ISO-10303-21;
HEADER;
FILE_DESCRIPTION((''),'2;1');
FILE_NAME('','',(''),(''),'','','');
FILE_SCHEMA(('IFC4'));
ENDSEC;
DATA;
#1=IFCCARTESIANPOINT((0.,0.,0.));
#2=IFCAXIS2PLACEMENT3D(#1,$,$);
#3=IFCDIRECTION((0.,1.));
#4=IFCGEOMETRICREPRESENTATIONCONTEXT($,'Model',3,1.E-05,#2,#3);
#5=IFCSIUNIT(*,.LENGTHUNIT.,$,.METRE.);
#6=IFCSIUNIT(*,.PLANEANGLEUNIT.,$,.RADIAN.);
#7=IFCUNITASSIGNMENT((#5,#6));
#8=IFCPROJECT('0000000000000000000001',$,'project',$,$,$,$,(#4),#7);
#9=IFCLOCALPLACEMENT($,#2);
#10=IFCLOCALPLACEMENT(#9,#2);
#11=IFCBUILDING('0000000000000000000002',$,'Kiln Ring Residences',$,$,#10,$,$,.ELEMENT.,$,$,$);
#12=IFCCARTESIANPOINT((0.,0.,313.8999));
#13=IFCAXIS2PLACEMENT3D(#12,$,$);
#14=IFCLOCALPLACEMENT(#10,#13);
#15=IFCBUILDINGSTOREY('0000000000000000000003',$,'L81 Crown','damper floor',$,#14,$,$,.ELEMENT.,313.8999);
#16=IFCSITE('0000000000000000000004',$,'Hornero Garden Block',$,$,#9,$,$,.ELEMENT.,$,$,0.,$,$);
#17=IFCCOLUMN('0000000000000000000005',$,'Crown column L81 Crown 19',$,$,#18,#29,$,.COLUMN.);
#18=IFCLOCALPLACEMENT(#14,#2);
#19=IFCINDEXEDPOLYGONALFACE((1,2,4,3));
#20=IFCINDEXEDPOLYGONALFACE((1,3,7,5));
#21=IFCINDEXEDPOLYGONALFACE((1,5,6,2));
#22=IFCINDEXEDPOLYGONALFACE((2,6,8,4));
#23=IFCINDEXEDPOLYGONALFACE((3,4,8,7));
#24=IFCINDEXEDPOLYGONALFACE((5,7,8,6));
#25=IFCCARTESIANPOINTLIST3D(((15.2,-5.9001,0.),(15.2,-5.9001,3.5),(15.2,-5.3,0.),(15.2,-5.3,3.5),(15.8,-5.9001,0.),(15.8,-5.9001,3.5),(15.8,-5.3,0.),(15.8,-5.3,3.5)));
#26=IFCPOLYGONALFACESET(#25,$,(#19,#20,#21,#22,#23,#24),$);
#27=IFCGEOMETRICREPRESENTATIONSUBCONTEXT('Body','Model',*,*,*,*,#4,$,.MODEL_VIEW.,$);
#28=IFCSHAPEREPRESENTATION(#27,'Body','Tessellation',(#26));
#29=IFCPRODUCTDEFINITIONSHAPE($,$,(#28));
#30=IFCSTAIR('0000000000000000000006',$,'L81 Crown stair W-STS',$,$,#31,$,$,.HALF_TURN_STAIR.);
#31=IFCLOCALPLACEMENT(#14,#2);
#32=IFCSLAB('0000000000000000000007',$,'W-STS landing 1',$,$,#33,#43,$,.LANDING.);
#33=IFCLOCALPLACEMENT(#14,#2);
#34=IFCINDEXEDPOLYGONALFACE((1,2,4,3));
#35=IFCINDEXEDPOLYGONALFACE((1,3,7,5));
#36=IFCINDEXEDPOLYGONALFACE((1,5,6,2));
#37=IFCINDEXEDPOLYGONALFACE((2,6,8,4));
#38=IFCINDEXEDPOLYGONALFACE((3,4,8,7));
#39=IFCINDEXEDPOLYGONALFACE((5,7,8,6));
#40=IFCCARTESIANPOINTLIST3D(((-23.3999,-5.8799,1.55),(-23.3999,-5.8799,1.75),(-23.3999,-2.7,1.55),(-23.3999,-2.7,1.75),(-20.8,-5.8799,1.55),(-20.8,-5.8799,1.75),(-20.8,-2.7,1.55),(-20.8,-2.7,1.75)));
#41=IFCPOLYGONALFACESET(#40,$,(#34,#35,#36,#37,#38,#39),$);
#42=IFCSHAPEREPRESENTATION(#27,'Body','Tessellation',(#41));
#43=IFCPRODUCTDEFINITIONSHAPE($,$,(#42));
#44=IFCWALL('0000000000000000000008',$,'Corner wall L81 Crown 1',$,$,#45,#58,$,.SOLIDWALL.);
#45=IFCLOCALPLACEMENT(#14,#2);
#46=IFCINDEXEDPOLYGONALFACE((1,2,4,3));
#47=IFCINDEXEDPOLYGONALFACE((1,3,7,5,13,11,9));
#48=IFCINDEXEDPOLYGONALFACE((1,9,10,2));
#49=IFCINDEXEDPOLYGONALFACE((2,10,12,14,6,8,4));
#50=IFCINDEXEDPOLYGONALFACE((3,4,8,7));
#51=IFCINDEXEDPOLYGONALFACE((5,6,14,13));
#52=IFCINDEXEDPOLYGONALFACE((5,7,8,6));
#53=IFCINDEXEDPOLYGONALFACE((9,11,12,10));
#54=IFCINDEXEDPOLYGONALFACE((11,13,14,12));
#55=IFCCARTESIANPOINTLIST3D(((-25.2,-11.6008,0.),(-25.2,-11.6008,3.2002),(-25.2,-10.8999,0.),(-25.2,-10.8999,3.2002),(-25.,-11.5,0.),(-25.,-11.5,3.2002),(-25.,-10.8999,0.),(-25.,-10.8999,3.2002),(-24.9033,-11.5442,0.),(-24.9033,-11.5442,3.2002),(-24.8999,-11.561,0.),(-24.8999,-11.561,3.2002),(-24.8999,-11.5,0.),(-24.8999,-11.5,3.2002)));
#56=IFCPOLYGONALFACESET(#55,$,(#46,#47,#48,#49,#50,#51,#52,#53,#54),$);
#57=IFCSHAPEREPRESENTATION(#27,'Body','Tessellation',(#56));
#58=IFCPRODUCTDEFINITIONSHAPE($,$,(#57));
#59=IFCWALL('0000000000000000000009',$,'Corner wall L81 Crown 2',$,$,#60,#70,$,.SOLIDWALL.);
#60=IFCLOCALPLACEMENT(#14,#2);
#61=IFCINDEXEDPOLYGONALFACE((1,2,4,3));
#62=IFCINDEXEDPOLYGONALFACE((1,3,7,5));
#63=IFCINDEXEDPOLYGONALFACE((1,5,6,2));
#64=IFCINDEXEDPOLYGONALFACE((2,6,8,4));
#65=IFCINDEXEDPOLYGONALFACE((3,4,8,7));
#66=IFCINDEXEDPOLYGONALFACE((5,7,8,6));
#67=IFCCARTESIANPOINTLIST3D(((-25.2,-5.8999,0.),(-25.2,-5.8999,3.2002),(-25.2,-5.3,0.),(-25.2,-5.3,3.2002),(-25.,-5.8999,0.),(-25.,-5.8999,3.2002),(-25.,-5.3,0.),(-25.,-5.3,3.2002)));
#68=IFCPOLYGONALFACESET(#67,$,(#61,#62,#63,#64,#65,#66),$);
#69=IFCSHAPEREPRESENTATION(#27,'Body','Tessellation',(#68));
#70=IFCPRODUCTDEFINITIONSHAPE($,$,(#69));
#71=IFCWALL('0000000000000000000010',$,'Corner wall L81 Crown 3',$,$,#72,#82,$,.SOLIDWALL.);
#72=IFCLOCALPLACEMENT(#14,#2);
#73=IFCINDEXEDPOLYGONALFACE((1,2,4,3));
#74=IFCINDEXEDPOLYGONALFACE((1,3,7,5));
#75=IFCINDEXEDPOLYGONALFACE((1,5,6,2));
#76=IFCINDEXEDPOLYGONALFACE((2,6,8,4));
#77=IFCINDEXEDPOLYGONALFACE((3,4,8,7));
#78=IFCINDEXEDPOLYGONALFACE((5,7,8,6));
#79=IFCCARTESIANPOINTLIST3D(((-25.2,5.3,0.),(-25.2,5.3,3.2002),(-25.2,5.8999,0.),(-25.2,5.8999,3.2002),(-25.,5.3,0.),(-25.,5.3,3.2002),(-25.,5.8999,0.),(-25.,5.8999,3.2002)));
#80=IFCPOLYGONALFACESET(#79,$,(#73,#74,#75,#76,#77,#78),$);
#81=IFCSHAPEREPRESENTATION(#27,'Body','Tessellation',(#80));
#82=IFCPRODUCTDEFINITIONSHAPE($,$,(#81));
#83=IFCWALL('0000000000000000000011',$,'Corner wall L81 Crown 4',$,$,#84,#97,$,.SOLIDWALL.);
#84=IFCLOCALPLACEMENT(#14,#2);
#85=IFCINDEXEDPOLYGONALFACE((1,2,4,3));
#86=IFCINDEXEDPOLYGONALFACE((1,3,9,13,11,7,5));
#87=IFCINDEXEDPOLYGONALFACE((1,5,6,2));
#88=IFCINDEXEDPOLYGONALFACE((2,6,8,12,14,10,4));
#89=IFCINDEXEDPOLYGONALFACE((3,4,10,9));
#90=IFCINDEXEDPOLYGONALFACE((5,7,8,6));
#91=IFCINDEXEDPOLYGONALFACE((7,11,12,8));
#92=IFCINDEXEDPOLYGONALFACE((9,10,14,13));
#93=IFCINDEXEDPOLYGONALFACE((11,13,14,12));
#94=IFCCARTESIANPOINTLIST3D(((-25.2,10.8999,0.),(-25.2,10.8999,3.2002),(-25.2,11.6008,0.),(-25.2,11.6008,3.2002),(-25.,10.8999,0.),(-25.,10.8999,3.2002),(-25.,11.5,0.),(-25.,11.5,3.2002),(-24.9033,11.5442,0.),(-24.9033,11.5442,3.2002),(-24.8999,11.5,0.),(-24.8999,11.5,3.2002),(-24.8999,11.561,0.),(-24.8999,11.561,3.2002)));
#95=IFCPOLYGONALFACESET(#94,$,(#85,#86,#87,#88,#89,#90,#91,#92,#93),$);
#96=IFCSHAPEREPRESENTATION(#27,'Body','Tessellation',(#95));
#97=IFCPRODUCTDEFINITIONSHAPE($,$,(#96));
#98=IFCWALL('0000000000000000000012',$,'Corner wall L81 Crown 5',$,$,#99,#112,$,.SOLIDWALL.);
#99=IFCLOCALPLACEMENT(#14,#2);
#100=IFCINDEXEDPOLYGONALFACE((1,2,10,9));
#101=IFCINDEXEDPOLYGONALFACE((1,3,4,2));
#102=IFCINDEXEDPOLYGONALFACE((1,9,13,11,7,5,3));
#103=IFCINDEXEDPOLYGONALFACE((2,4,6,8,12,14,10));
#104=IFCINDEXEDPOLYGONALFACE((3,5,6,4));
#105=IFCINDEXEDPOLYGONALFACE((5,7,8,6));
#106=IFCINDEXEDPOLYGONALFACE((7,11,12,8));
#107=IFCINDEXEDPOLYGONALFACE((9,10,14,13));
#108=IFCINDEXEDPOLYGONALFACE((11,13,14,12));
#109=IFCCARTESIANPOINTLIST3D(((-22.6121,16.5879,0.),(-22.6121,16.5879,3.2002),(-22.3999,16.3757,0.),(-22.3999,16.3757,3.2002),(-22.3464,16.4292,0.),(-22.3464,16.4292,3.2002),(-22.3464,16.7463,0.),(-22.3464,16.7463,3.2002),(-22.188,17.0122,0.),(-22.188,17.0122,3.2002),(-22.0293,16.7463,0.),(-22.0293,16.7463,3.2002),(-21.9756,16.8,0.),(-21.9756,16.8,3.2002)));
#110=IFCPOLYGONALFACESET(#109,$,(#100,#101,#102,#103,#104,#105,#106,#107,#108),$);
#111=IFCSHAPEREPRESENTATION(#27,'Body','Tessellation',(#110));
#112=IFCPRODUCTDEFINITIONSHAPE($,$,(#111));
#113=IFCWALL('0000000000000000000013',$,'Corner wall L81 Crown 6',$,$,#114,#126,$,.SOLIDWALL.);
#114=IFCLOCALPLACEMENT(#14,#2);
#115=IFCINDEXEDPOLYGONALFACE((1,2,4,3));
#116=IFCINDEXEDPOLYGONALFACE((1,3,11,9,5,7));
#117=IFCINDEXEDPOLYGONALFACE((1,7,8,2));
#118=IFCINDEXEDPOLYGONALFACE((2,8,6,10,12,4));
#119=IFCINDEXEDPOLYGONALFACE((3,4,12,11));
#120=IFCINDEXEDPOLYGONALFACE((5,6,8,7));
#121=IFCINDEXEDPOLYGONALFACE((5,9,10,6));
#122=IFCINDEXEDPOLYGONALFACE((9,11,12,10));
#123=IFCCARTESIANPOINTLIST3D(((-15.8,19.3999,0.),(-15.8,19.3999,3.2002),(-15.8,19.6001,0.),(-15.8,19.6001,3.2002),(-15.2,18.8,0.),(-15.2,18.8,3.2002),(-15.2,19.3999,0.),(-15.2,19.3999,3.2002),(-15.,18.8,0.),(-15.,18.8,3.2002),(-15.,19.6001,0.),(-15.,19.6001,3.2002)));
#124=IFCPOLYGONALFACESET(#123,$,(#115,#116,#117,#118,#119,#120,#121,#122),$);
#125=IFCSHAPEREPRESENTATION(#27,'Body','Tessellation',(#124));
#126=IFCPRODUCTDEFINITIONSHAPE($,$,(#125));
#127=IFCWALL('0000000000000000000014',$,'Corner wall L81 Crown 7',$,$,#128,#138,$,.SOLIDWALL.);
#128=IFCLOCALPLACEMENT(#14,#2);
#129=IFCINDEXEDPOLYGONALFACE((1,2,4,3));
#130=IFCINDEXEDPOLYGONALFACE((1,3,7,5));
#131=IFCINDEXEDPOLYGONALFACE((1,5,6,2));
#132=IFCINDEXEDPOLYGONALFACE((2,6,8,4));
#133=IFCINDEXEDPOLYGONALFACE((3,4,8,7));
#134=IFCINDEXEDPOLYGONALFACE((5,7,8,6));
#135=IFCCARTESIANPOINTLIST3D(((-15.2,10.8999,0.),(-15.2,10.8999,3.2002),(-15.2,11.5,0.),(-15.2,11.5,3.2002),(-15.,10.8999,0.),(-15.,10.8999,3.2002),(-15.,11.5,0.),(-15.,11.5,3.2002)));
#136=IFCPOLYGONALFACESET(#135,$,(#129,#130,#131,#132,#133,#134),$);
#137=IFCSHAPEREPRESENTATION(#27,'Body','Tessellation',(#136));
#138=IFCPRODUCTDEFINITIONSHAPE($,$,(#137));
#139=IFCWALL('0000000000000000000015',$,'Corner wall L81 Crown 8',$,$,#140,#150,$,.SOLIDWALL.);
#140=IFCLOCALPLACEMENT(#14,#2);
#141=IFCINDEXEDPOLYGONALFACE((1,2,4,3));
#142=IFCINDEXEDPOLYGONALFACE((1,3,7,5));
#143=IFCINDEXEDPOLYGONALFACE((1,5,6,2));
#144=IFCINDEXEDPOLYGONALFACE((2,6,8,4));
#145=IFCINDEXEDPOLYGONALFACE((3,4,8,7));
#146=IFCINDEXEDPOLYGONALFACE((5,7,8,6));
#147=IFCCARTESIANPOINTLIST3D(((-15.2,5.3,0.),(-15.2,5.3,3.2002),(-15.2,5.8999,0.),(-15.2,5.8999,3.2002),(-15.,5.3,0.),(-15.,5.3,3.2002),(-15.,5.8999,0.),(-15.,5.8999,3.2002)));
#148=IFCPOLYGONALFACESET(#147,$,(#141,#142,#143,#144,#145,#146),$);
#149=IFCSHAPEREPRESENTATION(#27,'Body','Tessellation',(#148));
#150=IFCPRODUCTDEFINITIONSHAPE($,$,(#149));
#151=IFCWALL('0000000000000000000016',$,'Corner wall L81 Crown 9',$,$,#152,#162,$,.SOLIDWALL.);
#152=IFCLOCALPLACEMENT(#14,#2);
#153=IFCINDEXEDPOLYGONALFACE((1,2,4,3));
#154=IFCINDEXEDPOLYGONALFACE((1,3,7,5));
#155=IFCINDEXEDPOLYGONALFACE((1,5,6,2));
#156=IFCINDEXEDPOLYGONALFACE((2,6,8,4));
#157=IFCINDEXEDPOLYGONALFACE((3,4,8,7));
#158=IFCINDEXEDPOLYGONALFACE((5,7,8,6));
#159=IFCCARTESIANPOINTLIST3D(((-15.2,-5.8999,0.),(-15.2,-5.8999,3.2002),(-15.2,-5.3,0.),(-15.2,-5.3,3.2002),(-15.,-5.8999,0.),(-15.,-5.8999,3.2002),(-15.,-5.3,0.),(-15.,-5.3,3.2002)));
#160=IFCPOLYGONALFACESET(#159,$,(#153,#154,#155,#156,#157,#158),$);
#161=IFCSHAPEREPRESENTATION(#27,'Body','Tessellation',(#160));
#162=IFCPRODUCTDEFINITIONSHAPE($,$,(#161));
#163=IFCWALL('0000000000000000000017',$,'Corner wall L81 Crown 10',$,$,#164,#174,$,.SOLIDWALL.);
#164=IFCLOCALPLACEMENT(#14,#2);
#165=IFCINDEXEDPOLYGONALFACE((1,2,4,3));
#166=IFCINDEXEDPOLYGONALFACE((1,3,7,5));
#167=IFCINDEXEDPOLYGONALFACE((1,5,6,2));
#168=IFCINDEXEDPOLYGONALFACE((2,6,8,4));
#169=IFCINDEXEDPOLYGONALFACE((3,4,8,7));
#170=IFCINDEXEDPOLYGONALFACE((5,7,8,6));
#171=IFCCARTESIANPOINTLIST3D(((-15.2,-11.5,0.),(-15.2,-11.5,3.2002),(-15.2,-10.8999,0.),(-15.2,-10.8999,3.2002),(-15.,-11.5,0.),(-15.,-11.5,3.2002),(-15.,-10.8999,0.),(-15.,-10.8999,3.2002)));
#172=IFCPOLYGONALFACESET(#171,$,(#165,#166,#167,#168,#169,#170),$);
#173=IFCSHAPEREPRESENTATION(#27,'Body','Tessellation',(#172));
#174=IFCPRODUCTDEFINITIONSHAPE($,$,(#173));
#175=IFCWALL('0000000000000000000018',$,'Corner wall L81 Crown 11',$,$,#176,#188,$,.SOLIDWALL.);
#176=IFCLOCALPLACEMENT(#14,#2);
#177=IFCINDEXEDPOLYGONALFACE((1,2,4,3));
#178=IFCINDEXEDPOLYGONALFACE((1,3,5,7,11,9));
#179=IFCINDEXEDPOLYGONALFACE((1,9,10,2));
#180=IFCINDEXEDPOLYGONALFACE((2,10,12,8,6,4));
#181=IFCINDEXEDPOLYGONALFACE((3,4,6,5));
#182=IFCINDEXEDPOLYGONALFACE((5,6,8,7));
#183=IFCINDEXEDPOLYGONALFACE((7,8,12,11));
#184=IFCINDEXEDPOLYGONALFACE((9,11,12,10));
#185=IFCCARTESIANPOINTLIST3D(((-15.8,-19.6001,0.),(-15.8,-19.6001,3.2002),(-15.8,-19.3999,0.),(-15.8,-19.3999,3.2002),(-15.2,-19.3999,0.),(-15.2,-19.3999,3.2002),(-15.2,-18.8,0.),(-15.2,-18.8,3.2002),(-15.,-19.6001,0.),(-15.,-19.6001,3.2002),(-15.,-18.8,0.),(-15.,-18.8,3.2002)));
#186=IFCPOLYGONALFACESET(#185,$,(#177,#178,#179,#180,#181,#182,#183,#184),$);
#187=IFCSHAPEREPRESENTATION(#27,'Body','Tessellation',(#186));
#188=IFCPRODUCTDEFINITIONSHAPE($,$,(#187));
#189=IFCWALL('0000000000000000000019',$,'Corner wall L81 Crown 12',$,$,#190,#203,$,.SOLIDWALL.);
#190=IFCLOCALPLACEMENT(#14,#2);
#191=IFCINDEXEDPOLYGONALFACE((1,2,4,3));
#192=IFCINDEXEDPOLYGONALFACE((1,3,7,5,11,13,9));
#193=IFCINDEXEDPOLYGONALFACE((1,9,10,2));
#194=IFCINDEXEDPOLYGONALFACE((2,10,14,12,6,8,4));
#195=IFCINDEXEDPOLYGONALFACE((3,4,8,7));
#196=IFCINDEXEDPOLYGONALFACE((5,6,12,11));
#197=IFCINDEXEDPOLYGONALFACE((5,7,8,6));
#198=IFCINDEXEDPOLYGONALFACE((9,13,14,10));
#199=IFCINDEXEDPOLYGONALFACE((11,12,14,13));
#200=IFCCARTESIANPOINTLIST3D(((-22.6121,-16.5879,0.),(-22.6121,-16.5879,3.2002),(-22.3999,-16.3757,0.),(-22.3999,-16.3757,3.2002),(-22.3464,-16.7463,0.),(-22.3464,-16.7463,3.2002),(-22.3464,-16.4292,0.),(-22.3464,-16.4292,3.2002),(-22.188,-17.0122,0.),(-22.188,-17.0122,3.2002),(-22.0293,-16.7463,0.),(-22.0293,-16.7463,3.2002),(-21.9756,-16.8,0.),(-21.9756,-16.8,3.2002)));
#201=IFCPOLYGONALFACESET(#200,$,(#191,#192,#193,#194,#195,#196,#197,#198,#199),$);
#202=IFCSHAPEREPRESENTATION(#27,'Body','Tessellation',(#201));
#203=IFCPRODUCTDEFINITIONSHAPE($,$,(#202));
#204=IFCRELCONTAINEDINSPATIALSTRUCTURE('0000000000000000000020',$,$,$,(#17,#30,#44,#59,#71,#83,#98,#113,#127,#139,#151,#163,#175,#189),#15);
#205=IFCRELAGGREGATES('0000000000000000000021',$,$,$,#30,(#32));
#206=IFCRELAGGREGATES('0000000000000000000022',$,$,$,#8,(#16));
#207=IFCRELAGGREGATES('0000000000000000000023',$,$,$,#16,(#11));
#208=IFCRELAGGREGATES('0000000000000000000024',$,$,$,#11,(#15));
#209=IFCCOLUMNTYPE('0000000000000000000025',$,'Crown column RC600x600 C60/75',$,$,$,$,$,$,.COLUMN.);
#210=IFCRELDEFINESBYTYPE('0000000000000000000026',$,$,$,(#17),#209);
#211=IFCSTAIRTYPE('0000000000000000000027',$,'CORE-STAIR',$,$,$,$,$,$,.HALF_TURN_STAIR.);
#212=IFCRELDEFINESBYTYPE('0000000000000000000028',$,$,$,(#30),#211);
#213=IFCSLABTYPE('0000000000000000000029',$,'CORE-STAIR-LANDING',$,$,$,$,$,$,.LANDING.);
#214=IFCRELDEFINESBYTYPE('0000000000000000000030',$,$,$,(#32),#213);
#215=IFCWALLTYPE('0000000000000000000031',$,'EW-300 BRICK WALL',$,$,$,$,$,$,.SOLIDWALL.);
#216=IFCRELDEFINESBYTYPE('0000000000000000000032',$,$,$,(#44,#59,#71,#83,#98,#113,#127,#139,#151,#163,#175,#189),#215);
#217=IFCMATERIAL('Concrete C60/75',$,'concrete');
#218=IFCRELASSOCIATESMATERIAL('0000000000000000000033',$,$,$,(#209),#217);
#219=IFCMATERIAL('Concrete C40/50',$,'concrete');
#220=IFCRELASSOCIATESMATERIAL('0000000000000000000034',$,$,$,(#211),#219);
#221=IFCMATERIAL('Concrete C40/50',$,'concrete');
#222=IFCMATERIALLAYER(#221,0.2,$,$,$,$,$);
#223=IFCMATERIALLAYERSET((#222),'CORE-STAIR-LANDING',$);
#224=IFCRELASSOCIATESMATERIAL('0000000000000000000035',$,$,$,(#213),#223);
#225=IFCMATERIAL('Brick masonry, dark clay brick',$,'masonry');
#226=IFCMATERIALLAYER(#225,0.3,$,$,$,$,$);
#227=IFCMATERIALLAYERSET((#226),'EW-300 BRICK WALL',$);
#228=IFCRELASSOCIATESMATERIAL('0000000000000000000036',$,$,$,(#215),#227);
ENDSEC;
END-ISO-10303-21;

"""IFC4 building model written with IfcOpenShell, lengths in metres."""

from ifc_helpers import new_model, si_unit, direction, frame, origin, origin_2d, place, context, subcontext, project, spatial, polyline, rectangle, outline, extrude, material, layer, layer_set, material_profile, profile_set, type_object, element, aggregate, save


model = new_model("IFC4")

# Units and contexts
model_context = context("Model", 3, precision=1e-05, world=origin(), true_north=direction((0.0, 1.0)))
body_context = subcontext(model_context, "Body", "Model", "MODEL_VIEW")
ifc_project = project(units=[si_unit("LENGTHUNIT", "METRE"), si_unit("PLANEANGLEUNIT", "RADIAN")], contexts=[model_context])

# Site, building, storey
site_placement = place(None, origin())
site = spatial("IfcSite", under=ifc_project, at=site_placement, Name="Hornero Garden Block", CompositionType="ELEMENT", RefElevation=0.0)
building_placement = place(site_placement, origin())
building = spatial("IfcBuilding", under=site, at=building_placement, Name="Kiln Ring Residences", CompositionType="ELEMENT")
storey_placement = place(building_placement, frame((0.0, 0.0, 313.8999)))
storey = spatial("IfcBuildingStorey", under=building, at=storey_placement, Name="L81 Crown", Description="damper floor", CompositionType="ELEMENT", Elevation=313.8999)

# Column
ifc_material_1 = material(Name="Concrete C60/75", Category="concrete")
ifc_material_profile = material_profile(ifc_material_1, rectangle(XDim=0.6001, YDim=0.6001, at=origin_2d()), Name="RC600x600")
ifc_profile_set = profile_set([ifc_material_profile], Name="Concrete C60/75")
column_type = type_object("IfcColumnType", Name="Crown column RC600x600 C60/75", PredefinedType="COLUMN", material=ifc_profile_set)
column_placement = place(storey_placement, frame((15.5, -5.6001, 0.0), z_axis=(0.0, 0.0, 1.0), x_axis=(1.0, 0.0, 0.0)))
element("IfcColumn", 1, at=column_placement, inside=storey, type_object=column_type, Name="Crown column L81 Crown 19", PredefinedType="COLUMN", context=body_context, shape_type="SweptSolid", body=[
    extrude(rectangle(XDim=0.6001, YDim=0.6001, at=origin_2d()), origin(), (0.0, 0.0, 1.0), 3.5),
])

# Stair, slab
ifc_material_2 = material(Name="Concrete C40/50", Category="concrete")
stair_type = type_object("IfcStairType", Name="CORE-STAIR", PredefinedType="HALF_TURN_STAIR", material=ifc_material_2)
placement = place(storey_placement, origin())
stair = element("IfcStair", 2, at=placement, inside=storey, type_object=stair_type, Name="L81 Crown stair W-STS", PredefinedType="HALF_TURN_STAIR")
ifc_material_3 = material(Name="Concrete C40/50", Category="concrete")
ifc_layer_1 = layer(ifc_material_3, 0.2)
ifc_layer_set_1 = layer_set([ifc_layer_1], Name="CORE-STAIR-LANDING")
slab_type = type_object("IfcSlabType", Name="CORE-STAIR-LANDING", PredefinedType="LANDING", material=ifc_layer_set_1)
slab_placement = place(storey_placement, frame((0.0, 0.0, 1.55)))
slab = element("IfcSlab", 3, at=slab_placement, type_object=slab_type, Name="W-STS landing 1", PredefinedType="LANDING", context=body_context, shape_type="SweptSolid", body=[
    extrude(outline(polyline([(-20.8, -5.8799), (-20.8, -2.7), (-23.3999, -2.7), (-23.3999, -5.8799), (-20.8, -5.8799)])), origin(), (0.0, 0.0, 1.0), 0.2),
])
aggregate(stair, [slab])

# Walls
ifc_material_4 = material(Name="Brick masonry, dark clay brick", Category="masonry")
ifc_layer_2 = layer(ifc_material_4, 0.3)
ifc_layer_set_2 = layer_set([ifc_layer_2], Name="EW-300 BRICK WALL")
wall_type = type_object("IfcWallType", Name="EW-300 BRICK WALL", PredefinedType="SOLIDWALL", material=ifc_layer_set_2)
element("IfcWall", 4, at=placement, inside=storey, type_object=wall_type, Name="Corner wall L81 Crown 1", PredefinedType="SOLIDWALL", context=body_context, shape_type="SweptSolid", body=[
    extrude(outline(polyline([(-25.2, -10.8999), (-25.2, -11.6008), (-24.9033, -11.5442), (-24.8999, -11.561), (-24.8999, -11.5), (-25.0, -11.5), (-25.0, -10.8999), (-25.2, -10.8999)])), origin(), (0.0, 0.0, 1.0), 3.2002),
])
element("IfcWall", 5, at=placement, inside=storey, type_object=wall_type, Name="Corner wall L81 Crown 2", PredefinedType="SOLIDWALL", context=body_context, shape_type="SweptSolid", body=[
    extrude(outline(polyline([(-25.0, -5.3), (-25.2, -5.3), (-25.2, -5.8999), (-24.8999, -5.8999), (-25.0, -5.8999), (-25.0, -5.3)])), origin(), (0.0, 0.0, 1.0), 3.2002),
])
element("IfcWall", 6, at=placement, inside=storey, type_object=wall_type, Name="Corner wall L81 Crown 3", PredefinedType="SOLIDWALL", context=body_context, shape_type="SweptSolid", body=[
    extrude(outline(polyline([(-25.0, 5.8999), (-25.2, 5.8999), (-25.2, 5.3), (-25.0, 5.3), (-25.0, 5.8999)])), origin(), (0.0, 0.0, 1.0), 3.2002),
])
element("IfcWall", 7, at=placement, inside=storey, type_object=wall_type, Name="Corner wall L81 Crown 4", PredefinedType="SOLIDWALL", context=body_context, shape_type="SweptSolid", body=[
    extrude(outline(polyline([(-25.2, 11.6008), (-25.2, 10.8999), (-25.0, 10.8999), (-25.0, 11.5), (-24.8999, 11.5), (-24.8999, 11.561), (-24.9033, 11.5442), (-25.2, 11.6008)])), origin(), (0.0, 0.0, 1.0), 3.2002),
])
element("IfcWall", 8, at=placement, inside=storey, type_object=wall_type, Name="Corner wall L81 Crown 5", PredefinedType="SOLIDWALL", context=body_context, shape_type="SweptSolid", body=[
    extrude(outline(polyline([(-21.9756, 16.8), (-22.188, 17.0122), (-22.6121, 16.5879), (-22.3999, 16.3757), (-22.3464, 16.4292), (-22.3464, 16.7463), (-22.0293, 16.7463), (-21.9756, 16.8)])), origin(), (0.0, 0.0, 1.0), 3.2002),
])
element("IfcWall", 9, at=placement, inside=storey, type_object=wall_type, Name="Corner wall L81 Crown 6", PredefinedType="SOLIDWALL", context=body_context, shape_type="SweptSolid", body=[
    extrude(outline(polyline([(-15.0, 18.8), (-15.0, 19.6001), (-15.8, 19.6001), (-15.8, 19.3999), (-15.2, 19.3999), (-15.2, 18.8), (-15.0, 18.8)])), origin(), (0.0, 0.0, 1.0), 3.2002),
])
element("IfcWall", 10, at=placement, inside=storey, type_object=wall_type, Name="Corner wall L81 Crown 7", PredefinedType="SOLIDWALL", context=body_context, shape_type="SweptSolid", body=[
    extrude(outline(polyline([(-15.2, 10.8999), (-15.0, 10.8999), (-15.0, 11.5), (-15.2, 11.5), (-15.2, 10.8999)])), origin(), (0.0, 0.0, 1.0), 3.2002),
])
element("IfcWall", 11, at=placement, inside=storey, type_object=wall_type, Name="Corner wall L81 Crown 8", PredefinedType="SOLIDWALL", context=body_context, shape_type="SweptSolid", body=[
    extrude(outline(polyline([(-15.2, 5.3), (-15.0, 5.3), (-15.0, 5.8999), (-15.3, 5.8999), (-15.2, 5.8999), (-15.2, 5.3)])), origin(), (0.0, 0.0, 1.0), 3.2002),
])
element("IfcWall", 12, at=placement, inside=storey, type_object=wall_type, Name="Corner wall L81 Crown 9", PredefinedType="SOLIDWALL", context=body_context, shape_type="SweptSolid", body=[
    extrude(outline(polyline([(-15.3, -5.8999), (-15.0, -5.8999), (-15.0, -5.3), (-15.3, -5.3), (-15.2, -5.3), (-15.2, -5.8999), (-15.3, -5.8999)])), origin(), (0.0, 0.0, 1.0), 3.2002),
])
element("IfcWall", 13, at=placement, inside=storey, type_object=wall_type, Name="Corner wall L81 Crown 10", PredefinedType="SOLIDWALL", context=body_context, shape_type="SweptSolid", body=[
    extrude(outline(polyline([(-15.2, -11.5), (-15.0, -11.5), (-15.0, -10.8999), (-15.2, -10.8999), (-15.2, -11.5)])), origin(), (0.0, 0.0, 1.0), 3.2002),
])
element("IfcWall", 14, at=placement, inside=storey, type_object=wall_type, Name="Corner wall L81 Crown 11", PredefinedType="SOLIDWALL", context=body_context, shape_type="SweptSolid", body=[
    extrude(outline(polyline([(-15.8, -19.6001), (-15.0, -19.6001), (-15.0, -18.8), (-15.2, -18.8), (-15.2, -19.3999), (-15.8, -19.3999), (-15.8, -19.6001)])), origin(), (0.0, 0.0, 1.0), 3.2002),
])
element("IfcWall", 15, at=placement, inside=storey, type_object=wall_type, Name="Corner wall L81 Crown 12", PredefinedType="SOLIDWALL", context=body_context, shape_type="SweptSolid", body=[
    extrude(outline(polyline([(-22.3999, -16.3757), (-22.6121, -16.5879), (-22.188, -17.0122), (-21.9756, -16.8), (-22.0293, -16.7463), (-22.3464, -16.7463), (-22.3464, -16.4292), (-22.3999, -16.3757)])), origin(), (0.0, 0.0, 1.0), 3.2002),
])

save(model, "model.ifc")
